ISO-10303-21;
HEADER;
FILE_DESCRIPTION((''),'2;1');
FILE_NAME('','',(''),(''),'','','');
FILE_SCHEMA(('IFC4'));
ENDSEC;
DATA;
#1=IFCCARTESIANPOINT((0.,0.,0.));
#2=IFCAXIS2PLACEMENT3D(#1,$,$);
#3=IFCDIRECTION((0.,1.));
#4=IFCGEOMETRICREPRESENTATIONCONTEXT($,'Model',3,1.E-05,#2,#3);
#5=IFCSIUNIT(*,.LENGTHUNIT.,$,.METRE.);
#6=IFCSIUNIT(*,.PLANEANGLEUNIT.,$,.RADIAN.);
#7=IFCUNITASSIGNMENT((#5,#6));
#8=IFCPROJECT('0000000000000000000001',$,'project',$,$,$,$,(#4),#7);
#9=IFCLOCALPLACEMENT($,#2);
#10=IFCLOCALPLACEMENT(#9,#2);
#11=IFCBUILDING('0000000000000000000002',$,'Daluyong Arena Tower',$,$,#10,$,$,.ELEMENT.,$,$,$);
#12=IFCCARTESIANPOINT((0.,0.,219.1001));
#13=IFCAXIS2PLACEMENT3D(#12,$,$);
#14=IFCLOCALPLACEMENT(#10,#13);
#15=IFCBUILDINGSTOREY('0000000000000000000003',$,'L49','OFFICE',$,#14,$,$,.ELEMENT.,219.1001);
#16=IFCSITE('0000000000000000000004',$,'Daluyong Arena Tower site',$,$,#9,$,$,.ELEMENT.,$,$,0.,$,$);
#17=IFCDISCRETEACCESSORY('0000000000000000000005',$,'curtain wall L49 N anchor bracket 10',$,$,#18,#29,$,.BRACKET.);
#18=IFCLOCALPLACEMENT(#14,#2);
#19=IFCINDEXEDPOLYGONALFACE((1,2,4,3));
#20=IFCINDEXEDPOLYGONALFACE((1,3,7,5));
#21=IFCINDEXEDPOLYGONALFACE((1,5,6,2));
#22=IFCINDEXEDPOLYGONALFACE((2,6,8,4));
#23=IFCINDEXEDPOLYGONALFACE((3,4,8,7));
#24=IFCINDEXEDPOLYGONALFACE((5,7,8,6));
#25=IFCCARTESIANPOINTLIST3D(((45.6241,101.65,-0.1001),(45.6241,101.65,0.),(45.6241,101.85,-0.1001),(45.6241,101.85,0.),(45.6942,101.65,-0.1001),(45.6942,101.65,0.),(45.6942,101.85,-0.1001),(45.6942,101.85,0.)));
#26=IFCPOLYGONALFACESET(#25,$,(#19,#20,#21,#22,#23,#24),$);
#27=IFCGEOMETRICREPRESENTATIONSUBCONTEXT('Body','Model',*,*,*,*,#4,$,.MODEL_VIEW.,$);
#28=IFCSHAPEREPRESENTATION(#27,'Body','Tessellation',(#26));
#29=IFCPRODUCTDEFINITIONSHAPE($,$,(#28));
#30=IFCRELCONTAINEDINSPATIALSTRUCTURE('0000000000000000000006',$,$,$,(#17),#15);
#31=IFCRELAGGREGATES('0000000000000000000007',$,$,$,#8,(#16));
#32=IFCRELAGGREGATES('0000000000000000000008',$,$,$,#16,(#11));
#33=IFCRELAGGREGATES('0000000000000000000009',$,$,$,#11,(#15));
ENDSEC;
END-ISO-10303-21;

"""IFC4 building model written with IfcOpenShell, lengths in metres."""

from ifc_helpers import new_model, si_unit, direction, frame, origin, origin_2d, place, context, subcontext, project, spatial, rectangle, extrude, element, save


model = new_model("IFC4")

# Units and contexts
model_context = context("Model", 3, precision=1e-05, world=origin(), true_north=direction((0.0, 1.0)))
body_context = subcontext(model_context, "Body", "Model", "MODEL_VIEW")
ifc_project = project(units=[si_unit("LENGTHUNIT", "METRE"), si_unit("PLANEANGLEUNIT", "RADIAN")], contexts=[model_context])

# Site, building, storey
site_placement = place(None, origin())
site = spatial("IfcSite", under=ifc_project, at=site_placement, Name="Daluyong Arena Tower site", CompositionType="ELEMENT", RefElevation=0.0)
building_placement = place(site_placement, origin())
building = spatial("IfcBuilding", under=site, at=building_placement, Name="Daluyong Arena Tower", CompositionType="ELEMENT")
storey_placement = place(building_placement, frame((0.0, 0.0, 219.1001)))
storey = spatial("IfcBuildingStorey", under=building, at=storey_placement, Name="L49", Description="OFFICE", CompositionType="ELEMENT", Elevation=219.1001)

# Discrete accessory
for number, where, z_axis, x_axis, name in (
    (1, (45.6592, 101.75, -0.1001), (0.0, 0.0, 1.0), (-1.0, 0.0, 0.0), "curtain wall L49 N anchor bracket 10"),
):
    element("IfcDiscreteAccessory", number, at=place(storey_placement, frame(where, z_axis=z_axis, x_axis=x_axis)), inside=storey, Name=name, PredefinedType="BRACKET", context=body_context, shape_type="SweptSolid", body=[
        extrude(rectangle(XDim=0.0701, YDim=0.2, at=origin_2d()), origin(), (0.0, 0.0, 1.0), 0.1001),
    ])

save(model, "model.ifc")
